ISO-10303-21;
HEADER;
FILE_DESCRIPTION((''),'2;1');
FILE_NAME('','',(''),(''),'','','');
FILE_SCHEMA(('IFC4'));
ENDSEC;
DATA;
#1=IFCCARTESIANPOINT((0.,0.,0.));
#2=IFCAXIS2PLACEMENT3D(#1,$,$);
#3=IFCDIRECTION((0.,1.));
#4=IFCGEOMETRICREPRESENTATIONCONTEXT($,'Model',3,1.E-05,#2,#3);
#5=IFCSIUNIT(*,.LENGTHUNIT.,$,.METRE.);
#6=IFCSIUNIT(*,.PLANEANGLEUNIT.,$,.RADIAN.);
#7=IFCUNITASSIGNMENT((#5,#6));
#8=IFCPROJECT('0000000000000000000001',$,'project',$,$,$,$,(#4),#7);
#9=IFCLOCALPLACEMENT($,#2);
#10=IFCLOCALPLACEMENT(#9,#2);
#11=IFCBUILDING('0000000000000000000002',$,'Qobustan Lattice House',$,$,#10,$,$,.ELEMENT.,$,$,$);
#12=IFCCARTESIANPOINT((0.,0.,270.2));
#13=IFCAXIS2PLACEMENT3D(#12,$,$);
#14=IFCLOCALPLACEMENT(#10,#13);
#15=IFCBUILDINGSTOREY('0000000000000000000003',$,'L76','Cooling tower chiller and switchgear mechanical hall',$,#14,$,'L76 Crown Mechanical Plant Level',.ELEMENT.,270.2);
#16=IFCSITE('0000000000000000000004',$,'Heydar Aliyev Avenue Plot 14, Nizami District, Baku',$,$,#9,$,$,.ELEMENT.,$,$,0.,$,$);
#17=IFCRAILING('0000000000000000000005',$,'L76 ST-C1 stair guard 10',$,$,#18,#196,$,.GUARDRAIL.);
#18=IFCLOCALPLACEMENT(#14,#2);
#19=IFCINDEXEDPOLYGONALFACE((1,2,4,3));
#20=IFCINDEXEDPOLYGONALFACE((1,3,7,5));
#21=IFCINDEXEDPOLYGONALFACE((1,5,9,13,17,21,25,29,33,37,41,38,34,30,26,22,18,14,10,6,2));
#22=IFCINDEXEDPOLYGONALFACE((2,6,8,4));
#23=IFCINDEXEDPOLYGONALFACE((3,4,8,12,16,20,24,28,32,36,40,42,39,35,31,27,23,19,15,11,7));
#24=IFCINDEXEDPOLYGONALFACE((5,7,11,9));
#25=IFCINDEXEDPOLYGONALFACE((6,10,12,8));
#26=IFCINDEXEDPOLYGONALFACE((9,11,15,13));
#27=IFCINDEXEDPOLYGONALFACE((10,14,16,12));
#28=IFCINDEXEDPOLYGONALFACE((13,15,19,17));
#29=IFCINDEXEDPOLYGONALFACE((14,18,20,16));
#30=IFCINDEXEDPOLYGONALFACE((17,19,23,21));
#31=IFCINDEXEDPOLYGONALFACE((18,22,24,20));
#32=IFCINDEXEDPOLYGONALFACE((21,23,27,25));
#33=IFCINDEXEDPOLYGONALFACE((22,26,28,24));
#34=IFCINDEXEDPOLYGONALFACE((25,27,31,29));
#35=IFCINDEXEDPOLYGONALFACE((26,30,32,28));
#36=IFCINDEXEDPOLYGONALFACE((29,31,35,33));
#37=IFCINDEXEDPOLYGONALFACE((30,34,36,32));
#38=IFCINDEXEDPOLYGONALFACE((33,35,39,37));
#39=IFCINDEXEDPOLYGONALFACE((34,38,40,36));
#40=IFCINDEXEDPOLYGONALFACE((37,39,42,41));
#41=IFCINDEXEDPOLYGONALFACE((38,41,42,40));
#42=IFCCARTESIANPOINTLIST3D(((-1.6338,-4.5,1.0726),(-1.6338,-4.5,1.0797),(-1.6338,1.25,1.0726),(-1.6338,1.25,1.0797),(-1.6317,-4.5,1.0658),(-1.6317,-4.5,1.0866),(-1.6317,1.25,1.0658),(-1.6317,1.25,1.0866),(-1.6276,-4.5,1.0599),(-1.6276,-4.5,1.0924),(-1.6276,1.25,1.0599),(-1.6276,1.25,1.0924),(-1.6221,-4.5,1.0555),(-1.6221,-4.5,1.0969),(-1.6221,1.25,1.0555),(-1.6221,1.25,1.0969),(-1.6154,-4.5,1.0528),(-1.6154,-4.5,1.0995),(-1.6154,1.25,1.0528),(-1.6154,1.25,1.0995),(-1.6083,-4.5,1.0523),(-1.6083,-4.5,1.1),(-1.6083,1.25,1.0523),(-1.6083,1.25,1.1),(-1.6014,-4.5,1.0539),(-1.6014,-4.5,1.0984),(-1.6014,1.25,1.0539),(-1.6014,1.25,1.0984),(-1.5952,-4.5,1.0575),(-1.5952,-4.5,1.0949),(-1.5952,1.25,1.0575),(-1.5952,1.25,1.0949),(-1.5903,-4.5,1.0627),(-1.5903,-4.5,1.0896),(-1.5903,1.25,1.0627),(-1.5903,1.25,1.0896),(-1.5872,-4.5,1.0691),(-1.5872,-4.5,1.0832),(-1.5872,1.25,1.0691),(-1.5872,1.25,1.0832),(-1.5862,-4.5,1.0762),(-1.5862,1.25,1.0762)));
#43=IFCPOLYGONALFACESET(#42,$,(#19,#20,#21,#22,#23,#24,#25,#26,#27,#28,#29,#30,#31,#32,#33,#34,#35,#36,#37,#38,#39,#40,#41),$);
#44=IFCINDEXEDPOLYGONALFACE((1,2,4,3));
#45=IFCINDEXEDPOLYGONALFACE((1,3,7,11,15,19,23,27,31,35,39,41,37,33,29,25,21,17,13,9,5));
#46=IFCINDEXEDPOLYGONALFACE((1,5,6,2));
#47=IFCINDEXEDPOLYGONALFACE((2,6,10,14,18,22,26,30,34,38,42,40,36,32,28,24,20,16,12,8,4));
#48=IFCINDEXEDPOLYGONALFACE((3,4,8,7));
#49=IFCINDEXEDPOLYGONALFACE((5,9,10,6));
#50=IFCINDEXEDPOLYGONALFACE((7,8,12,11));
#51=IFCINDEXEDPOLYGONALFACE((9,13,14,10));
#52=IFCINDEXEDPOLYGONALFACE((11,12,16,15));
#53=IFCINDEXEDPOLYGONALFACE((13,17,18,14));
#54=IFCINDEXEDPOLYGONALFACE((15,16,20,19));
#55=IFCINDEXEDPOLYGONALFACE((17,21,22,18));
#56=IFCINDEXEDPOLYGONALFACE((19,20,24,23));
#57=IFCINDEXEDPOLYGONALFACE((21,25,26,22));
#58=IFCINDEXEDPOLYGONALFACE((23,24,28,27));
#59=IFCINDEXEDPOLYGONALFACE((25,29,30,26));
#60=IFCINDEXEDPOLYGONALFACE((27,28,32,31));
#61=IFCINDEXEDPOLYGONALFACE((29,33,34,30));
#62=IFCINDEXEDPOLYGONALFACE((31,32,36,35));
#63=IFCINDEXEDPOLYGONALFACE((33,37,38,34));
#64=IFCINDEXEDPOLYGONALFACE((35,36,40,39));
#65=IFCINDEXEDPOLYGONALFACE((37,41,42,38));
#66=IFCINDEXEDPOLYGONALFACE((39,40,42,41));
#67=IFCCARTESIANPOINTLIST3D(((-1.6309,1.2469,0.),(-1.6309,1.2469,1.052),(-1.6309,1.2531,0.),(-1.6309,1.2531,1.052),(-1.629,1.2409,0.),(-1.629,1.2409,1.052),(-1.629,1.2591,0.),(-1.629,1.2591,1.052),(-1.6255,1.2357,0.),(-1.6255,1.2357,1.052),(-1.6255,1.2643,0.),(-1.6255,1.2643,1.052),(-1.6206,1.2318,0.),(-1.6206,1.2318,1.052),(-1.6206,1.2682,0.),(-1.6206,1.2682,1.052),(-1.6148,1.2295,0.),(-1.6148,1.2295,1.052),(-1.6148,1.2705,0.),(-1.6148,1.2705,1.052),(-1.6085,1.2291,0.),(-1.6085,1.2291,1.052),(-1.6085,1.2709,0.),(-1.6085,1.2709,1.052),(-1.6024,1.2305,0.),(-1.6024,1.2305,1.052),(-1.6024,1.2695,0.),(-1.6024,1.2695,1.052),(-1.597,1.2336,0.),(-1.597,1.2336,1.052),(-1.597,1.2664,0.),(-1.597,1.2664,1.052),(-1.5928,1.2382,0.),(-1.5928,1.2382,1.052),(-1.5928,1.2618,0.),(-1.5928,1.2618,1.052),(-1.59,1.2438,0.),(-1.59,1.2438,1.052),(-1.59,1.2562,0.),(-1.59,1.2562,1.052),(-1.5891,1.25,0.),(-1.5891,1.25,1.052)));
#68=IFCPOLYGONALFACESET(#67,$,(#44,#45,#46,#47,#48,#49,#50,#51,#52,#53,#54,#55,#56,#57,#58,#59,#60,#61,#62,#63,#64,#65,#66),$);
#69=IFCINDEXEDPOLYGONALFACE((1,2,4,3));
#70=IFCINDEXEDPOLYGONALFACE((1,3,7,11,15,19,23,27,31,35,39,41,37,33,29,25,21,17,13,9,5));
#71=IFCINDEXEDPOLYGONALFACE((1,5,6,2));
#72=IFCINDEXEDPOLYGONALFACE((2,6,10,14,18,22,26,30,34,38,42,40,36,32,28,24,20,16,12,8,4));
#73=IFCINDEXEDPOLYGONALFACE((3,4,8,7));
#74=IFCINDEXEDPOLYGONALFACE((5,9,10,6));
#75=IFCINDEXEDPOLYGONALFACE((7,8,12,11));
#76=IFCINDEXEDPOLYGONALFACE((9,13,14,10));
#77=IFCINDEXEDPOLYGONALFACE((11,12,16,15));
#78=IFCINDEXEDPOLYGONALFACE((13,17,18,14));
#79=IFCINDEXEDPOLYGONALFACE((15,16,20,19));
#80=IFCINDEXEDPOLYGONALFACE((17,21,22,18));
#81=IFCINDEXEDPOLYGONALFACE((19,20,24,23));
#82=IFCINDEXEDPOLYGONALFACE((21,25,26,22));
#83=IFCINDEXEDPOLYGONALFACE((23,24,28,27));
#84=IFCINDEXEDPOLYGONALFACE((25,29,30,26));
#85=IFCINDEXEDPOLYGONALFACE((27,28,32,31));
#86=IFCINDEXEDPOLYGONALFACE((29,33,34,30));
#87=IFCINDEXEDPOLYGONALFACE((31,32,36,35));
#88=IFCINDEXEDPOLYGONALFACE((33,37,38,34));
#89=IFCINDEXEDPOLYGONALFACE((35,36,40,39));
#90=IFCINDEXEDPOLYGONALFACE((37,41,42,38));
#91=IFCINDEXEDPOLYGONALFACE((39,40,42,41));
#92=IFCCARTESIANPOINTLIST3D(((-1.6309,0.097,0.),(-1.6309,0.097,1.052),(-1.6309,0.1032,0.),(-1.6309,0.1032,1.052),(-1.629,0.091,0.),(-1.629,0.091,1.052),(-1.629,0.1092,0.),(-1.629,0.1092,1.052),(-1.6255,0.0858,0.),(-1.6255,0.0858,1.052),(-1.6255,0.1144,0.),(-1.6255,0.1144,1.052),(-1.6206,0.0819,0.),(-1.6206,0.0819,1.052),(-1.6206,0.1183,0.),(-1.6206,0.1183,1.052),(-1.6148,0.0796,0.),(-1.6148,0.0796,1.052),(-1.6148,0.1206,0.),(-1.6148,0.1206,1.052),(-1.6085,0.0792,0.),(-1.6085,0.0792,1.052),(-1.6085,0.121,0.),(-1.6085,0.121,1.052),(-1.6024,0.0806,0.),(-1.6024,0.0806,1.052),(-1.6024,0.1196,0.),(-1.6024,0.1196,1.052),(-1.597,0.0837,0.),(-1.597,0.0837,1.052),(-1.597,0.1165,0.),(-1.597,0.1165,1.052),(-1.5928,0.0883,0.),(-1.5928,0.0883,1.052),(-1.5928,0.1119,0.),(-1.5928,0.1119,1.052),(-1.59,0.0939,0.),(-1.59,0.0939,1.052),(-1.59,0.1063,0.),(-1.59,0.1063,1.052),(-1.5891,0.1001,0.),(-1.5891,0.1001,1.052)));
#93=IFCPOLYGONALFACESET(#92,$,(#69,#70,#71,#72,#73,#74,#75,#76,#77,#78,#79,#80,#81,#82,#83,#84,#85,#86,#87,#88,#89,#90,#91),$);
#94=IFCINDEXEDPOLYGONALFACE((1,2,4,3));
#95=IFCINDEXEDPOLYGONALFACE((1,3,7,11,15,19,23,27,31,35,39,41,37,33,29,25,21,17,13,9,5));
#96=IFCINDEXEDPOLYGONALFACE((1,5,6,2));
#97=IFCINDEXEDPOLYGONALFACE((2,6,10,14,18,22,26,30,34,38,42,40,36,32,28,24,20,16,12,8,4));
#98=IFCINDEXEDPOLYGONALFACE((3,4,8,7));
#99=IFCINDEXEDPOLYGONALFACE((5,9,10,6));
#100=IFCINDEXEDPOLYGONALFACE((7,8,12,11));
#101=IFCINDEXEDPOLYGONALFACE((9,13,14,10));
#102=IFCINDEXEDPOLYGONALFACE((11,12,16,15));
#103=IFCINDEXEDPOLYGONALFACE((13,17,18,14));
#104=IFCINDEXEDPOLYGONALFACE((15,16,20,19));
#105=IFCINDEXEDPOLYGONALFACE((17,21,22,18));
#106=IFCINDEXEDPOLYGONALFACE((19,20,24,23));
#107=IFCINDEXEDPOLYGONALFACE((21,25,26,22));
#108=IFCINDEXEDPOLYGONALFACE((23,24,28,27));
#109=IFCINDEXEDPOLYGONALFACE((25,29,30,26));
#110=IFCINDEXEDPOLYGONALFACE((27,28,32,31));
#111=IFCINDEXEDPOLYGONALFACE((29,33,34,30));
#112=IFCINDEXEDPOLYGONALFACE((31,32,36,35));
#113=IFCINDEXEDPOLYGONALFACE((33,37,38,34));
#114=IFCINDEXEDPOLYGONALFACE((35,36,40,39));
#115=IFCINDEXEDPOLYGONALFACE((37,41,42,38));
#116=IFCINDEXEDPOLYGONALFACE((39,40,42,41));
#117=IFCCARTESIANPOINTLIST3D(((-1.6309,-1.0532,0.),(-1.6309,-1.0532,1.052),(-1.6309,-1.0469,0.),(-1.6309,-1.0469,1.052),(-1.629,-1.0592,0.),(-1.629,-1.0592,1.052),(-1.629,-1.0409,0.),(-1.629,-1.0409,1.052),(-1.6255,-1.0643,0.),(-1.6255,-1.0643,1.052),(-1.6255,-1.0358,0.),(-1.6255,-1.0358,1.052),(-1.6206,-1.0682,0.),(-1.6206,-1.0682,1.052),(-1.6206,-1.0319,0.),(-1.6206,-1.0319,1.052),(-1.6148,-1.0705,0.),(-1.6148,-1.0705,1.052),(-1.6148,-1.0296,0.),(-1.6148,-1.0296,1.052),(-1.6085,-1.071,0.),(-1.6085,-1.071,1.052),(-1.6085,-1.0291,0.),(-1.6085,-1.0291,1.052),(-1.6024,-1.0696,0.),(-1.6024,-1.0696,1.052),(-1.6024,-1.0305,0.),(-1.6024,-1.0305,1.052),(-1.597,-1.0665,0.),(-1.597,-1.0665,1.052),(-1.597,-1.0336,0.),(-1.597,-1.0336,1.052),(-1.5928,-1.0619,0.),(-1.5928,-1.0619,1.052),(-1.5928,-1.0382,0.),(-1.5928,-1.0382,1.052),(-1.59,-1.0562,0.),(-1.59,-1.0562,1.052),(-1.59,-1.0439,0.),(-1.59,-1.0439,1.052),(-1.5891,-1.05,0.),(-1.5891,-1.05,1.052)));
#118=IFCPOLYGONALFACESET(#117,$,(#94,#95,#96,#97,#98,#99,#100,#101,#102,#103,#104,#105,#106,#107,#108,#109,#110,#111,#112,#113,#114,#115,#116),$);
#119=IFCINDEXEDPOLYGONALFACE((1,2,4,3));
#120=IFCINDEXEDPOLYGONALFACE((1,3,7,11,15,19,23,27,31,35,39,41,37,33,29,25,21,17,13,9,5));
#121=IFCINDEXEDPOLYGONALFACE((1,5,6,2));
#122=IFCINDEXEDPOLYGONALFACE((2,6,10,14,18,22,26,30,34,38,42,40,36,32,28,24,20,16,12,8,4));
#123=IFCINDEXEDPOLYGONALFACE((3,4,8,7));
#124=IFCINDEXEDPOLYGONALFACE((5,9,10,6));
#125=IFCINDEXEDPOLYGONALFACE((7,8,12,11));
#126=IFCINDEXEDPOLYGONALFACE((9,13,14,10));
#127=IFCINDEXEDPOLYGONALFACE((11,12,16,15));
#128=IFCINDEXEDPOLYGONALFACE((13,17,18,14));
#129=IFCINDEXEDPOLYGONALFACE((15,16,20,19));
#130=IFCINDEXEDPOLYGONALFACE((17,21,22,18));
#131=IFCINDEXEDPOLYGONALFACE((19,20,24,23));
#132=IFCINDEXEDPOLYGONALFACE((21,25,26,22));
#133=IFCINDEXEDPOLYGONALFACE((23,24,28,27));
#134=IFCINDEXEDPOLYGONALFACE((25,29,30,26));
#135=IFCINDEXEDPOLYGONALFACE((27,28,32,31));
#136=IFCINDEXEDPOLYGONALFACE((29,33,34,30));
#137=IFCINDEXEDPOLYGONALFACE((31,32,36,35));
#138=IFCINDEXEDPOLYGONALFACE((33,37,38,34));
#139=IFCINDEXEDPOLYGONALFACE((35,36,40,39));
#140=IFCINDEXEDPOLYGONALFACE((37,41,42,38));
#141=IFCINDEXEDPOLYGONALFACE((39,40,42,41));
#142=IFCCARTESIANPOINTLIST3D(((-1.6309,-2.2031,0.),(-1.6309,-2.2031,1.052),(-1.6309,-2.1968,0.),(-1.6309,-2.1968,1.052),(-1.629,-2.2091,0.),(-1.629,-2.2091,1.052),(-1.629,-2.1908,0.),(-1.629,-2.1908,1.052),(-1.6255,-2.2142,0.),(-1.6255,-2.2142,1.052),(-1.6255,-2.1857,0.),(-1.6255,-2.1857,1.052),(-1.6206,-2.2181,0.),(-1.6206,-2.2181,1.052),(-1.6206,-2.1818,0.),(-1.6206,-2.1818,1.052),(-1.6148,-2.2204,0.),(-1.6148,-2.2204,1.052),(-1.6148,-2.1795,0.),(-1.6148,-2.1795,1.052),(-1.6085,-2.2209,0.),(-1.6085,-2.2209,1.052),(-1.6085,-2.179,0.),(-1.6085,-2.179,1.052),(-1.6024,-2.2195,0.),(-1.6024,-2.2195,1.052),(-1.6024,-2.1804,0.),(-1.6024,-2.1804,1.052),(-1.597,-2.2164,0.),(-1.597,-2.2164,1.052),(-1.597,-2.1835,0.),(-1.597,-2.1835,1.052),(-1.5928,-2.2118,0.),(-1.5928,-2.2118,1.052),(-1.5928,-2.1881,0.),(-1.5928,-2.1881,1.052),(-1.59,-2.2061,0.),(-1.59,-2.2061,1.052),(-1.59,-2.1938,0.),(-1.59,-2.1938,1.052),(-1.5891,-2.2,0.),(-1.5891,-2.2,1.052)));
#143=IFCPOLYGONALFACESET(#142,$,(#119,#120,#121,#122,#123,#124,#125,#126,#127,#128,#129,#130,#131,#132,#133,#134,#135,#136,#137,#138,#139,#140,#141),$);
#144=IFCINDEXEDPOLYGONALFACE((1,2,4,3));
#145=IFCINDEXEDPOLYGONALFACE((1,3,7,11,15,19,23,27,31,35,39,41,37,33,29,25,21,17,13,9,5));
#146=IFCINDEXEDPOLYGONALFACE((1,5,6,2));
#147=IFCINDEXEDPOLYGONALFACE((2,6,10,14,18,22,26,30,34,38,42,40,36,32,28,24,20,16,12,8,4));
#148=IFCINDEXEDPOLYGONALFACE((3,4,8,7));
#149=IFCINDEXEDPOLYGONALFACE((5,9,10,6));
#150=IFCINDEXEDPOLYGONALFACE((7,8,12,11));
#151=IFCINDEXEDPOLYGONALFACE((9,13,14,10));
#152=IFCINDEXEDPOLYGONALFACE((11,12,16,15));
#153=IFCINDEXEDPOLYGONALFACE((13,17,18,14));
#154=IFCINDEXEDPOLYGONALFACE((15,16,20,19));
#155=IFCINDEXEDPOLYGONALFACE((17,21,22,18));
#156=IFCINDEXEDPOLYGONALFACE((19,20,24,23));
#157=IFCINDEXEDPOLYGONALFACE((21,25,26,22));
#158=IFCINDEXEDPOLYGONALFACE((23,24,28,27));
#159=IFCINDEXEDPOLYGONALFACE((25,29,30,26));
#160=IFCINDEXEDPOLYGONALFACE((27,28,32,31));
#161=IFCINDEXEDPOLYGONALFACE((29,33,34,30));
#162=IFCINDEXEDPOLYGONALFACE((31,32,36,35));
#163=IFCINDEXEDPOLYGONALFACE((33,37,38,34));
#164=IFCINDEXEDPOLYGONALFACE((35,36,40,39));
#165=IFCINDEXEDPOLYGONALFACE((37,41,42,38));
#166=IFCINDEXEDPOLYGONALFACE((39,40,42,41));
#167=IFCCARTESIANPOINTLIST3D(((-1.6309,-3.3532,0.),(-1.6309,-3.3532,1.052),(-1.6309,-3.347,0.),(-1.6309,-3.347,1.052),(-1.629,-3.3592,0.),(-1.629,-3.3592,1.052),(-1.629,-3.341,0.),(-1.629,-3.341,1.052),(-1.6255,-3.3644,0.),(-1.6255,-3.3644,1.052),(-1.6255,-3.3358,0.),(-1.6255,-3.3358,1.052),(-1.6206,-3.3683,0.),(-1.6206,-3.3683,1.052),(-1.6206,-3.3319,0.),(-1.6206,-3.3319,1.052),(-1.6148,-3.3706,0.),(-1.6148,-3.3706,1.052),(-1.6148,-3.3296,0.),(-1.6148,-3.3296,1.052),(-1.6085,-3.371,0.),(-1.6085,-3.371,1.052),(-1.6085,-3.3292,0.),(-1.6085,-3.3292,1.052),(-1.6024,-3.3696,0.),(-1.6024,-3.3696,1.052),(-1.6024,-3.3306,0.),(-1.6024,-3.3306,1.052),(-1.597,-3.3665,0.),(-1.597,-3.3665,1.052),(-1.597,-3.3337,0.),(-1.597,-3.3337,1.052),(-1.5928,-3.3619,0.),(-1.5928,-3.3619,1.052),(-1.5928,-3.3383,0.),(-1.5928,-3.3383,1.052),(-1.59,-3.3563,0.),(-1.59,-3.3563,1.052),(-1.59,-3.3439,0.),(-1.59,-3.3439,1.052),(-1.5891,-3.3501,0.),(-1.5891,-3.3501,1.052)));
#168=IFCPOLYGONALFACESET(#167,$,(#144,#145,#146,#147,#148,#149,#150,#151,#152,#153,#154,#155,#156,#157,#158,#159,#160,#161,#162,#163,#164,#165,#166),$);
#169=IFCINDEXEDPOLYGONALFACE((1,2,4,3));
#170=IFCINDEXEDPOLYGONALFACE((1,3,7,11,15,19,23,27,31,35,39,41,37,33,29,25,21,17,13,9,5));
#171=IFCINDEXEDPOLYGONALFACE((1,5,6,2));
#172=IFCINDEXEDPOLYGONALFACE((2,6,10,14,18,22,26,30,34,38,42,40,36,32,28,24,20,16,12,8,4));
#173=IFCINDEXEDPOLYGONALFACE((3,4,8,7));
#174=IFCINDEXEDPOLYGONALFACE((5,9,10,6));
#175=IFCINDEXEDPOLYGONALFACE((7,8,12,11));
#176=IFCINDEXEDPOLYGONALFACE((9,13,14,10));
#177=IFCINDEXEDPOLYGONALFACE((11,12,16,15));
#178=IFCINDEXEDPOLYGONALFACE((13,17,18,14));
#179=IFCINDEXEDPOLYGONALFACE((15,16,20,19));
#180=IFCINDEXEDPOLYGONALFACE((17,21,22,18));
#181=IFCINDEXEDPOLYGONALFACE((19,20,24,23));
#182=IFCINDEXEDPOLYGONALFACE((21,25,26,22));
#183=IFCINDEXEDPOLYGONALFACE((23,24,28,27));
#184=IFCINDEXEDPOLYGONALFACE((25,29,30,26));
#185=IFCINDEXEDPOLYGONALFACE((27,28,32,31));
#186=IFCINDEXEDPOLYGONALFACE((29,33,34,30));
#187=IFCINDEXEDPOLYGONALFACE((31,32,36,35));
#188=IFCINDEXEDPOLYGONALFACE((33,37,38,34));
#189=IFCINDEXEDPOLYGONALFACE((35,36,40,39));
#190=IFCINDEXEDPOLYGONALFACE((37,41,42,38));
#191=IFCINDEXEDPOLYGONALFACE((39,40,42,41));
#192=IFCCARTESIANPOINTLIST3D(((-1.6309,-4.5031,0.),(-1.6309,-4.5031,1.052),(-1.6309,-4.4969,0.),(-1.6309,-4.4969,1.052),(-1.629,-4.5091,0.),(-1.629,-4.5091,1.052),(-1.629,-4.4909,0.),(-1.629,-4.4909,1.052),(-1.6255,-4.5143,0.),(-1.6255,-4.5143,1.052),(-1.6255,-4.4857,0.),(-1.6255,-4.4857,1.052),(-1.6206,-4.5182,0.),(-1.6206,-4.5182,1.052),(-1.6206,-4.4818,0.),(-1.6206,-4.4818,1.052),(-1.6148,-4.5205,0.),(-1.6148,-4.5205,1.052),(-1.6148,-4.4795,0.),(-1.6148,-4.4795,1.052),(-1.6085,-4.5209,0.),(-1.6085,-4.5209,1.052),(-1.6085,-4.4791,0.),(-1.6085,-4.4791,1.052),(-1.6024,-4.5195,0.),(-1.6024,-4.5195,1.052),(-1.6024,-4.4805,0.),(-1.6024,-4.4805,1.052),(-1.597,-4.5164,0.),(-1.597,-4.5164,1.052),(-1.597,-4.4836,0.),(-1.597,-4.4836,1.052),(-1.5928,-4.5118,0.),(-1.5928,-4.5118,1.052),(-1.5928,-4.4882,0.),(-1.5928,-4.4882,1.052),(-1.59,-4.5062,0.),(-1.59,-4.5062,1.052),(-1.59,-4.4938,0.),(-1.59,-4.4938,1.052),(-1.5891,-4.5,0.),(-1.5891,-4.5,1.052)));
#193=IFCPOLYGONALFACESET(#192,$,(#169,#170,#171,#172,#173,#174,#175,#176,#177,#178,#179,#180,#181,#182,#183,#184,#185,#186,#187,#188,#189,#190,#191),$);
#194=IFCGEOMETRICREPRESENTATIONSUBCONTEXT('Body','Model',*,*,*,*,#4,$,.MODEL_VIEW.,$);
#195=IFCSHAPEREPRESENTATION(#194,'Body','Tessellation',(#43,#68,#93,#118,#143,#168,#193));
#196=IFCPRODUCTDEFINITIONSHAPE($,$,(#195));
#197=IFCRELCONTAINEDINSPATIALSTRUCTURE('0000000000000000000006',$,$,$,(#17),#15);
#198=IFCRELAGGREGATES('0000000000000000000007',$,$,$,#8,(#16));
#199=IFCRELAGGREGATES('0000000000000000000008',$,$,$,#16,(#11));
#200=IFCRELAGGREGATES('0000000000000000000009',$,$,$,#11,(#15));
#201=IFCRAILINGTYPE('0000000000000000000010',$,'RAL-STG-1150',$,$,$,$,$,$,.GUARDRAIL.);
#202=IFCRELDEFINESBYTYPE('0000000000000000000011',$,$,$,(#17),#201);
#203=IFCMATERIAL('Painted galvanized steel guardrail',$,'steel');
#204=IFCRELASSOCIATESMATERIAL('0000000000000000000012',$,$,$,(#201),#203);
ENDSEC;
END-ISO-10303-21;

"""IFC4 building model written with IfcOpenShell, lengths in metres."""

from ifc_helpers import new_model, si_unit, direction, frame, origin, origin_2d, place, context, subcontext, project, spatial, circle, extrude, material, type_object, element, save


model = new_model("IFC4")

# Units and contexts
model_context = context("Model", 3, precision=1e-05, world=origin(), true_north=direction((0.0, 1.0)))
body_context = subcontext(model_context, "Body", "Model", "MODEL_VIEW")
ifc_project = project(units=[si_unit("LENGTHUNIT", "METRE"), si_unit("PLANEANGLEUNIT", "RADIAN")], contexts=[model_context])

# Site, building, storey
site_placement = place(None, origin())
site = spatial("IfcSite", under=ifc_project, at=site_placement, Name="Heydar Aliyev Avenue Plot 14, Nizami District, Baku", CompositionType="ELEMENT", RefElevation=0.0)
building_placement = place(site_placement, origin())
building = spatial("IfcBuilding", under=site, at=building_placement, Name="Qobustan Lattice House", CompositionType="ELEMENT")
storey_placement = place(building_placement, frame((0.0, 0.0, 270.2)))
storey = spatial("IfcBuildingStorey", under=building, at=storey_placement, Name="L76", Description="Cooling tower chiller and switchgear mechanical hall", LongName="L76 Crown Mechanical Plant Level", CompositionType="ELEMENT", Elevation=270.2)

# Railing
ifc_material_1 = material(Name="Painted galvanized steel guardrail", Category="steel")
railing_type_1 = type_object("IfcRailingType", Name="RAL-STG-1150", PredefinedType="GUARDRAIL", material=ifc_material_1)
railing_1_placement = place(storey_placement, frame((-1.6101, 1.25, 0.0)))
element("IfcRailing", 1, at=railing_1_placement, inside=storey, type_object=railing_type_1, Name="L76 ST-C1 stair guard 10", PredefinedType="GUARDRAIL", context=body_context, shape_type="SweptSolid", body=[
    extrude(circle(Radius=0.0239, at=origin_2d()), frame((0.0, 0.0, 1.0762), z_axis=(0.0, -1.0, 0.0), x_axis=(1.0, 0.0, 0.0)), (0.0, 0.0, 1.0), 5.75),
    extrude(circle(Radius=0.021, at=origin_2d()), origin(), (0.0, 0.0, 1.0), 1.052),
    extrude(circle(Radius=0.021, at=origin_2d()), frame((0.0, -1.1499, 0.0)), (0.0, 0.0, 1.0), 1.052),
    extrude(circle(Radius=0.021, at=origin_2d()), frame((0.0, -2.3, 0.0)), (0.0, 0.0, 1.0), 1.052),
    extrude(circle(Radius=0.021, at=origin_2d()), frame((0.0, -3.45, 0.0)), (0.0, 0.0, 1.0), 1.052),
    extrude(circle(Radius=0.021, at=origin_2d()), frame((0.0, -4.6001, 0.0)), (0.0, 0.0, 1.0), 1.052),
    extrude(circle(Radius=0.021, at=origin_2d()), frame((0.0, -5.75, 0.0)), (0.0, 0.0, 1.0), 1.052),
])

save(model, "model.ifc")
